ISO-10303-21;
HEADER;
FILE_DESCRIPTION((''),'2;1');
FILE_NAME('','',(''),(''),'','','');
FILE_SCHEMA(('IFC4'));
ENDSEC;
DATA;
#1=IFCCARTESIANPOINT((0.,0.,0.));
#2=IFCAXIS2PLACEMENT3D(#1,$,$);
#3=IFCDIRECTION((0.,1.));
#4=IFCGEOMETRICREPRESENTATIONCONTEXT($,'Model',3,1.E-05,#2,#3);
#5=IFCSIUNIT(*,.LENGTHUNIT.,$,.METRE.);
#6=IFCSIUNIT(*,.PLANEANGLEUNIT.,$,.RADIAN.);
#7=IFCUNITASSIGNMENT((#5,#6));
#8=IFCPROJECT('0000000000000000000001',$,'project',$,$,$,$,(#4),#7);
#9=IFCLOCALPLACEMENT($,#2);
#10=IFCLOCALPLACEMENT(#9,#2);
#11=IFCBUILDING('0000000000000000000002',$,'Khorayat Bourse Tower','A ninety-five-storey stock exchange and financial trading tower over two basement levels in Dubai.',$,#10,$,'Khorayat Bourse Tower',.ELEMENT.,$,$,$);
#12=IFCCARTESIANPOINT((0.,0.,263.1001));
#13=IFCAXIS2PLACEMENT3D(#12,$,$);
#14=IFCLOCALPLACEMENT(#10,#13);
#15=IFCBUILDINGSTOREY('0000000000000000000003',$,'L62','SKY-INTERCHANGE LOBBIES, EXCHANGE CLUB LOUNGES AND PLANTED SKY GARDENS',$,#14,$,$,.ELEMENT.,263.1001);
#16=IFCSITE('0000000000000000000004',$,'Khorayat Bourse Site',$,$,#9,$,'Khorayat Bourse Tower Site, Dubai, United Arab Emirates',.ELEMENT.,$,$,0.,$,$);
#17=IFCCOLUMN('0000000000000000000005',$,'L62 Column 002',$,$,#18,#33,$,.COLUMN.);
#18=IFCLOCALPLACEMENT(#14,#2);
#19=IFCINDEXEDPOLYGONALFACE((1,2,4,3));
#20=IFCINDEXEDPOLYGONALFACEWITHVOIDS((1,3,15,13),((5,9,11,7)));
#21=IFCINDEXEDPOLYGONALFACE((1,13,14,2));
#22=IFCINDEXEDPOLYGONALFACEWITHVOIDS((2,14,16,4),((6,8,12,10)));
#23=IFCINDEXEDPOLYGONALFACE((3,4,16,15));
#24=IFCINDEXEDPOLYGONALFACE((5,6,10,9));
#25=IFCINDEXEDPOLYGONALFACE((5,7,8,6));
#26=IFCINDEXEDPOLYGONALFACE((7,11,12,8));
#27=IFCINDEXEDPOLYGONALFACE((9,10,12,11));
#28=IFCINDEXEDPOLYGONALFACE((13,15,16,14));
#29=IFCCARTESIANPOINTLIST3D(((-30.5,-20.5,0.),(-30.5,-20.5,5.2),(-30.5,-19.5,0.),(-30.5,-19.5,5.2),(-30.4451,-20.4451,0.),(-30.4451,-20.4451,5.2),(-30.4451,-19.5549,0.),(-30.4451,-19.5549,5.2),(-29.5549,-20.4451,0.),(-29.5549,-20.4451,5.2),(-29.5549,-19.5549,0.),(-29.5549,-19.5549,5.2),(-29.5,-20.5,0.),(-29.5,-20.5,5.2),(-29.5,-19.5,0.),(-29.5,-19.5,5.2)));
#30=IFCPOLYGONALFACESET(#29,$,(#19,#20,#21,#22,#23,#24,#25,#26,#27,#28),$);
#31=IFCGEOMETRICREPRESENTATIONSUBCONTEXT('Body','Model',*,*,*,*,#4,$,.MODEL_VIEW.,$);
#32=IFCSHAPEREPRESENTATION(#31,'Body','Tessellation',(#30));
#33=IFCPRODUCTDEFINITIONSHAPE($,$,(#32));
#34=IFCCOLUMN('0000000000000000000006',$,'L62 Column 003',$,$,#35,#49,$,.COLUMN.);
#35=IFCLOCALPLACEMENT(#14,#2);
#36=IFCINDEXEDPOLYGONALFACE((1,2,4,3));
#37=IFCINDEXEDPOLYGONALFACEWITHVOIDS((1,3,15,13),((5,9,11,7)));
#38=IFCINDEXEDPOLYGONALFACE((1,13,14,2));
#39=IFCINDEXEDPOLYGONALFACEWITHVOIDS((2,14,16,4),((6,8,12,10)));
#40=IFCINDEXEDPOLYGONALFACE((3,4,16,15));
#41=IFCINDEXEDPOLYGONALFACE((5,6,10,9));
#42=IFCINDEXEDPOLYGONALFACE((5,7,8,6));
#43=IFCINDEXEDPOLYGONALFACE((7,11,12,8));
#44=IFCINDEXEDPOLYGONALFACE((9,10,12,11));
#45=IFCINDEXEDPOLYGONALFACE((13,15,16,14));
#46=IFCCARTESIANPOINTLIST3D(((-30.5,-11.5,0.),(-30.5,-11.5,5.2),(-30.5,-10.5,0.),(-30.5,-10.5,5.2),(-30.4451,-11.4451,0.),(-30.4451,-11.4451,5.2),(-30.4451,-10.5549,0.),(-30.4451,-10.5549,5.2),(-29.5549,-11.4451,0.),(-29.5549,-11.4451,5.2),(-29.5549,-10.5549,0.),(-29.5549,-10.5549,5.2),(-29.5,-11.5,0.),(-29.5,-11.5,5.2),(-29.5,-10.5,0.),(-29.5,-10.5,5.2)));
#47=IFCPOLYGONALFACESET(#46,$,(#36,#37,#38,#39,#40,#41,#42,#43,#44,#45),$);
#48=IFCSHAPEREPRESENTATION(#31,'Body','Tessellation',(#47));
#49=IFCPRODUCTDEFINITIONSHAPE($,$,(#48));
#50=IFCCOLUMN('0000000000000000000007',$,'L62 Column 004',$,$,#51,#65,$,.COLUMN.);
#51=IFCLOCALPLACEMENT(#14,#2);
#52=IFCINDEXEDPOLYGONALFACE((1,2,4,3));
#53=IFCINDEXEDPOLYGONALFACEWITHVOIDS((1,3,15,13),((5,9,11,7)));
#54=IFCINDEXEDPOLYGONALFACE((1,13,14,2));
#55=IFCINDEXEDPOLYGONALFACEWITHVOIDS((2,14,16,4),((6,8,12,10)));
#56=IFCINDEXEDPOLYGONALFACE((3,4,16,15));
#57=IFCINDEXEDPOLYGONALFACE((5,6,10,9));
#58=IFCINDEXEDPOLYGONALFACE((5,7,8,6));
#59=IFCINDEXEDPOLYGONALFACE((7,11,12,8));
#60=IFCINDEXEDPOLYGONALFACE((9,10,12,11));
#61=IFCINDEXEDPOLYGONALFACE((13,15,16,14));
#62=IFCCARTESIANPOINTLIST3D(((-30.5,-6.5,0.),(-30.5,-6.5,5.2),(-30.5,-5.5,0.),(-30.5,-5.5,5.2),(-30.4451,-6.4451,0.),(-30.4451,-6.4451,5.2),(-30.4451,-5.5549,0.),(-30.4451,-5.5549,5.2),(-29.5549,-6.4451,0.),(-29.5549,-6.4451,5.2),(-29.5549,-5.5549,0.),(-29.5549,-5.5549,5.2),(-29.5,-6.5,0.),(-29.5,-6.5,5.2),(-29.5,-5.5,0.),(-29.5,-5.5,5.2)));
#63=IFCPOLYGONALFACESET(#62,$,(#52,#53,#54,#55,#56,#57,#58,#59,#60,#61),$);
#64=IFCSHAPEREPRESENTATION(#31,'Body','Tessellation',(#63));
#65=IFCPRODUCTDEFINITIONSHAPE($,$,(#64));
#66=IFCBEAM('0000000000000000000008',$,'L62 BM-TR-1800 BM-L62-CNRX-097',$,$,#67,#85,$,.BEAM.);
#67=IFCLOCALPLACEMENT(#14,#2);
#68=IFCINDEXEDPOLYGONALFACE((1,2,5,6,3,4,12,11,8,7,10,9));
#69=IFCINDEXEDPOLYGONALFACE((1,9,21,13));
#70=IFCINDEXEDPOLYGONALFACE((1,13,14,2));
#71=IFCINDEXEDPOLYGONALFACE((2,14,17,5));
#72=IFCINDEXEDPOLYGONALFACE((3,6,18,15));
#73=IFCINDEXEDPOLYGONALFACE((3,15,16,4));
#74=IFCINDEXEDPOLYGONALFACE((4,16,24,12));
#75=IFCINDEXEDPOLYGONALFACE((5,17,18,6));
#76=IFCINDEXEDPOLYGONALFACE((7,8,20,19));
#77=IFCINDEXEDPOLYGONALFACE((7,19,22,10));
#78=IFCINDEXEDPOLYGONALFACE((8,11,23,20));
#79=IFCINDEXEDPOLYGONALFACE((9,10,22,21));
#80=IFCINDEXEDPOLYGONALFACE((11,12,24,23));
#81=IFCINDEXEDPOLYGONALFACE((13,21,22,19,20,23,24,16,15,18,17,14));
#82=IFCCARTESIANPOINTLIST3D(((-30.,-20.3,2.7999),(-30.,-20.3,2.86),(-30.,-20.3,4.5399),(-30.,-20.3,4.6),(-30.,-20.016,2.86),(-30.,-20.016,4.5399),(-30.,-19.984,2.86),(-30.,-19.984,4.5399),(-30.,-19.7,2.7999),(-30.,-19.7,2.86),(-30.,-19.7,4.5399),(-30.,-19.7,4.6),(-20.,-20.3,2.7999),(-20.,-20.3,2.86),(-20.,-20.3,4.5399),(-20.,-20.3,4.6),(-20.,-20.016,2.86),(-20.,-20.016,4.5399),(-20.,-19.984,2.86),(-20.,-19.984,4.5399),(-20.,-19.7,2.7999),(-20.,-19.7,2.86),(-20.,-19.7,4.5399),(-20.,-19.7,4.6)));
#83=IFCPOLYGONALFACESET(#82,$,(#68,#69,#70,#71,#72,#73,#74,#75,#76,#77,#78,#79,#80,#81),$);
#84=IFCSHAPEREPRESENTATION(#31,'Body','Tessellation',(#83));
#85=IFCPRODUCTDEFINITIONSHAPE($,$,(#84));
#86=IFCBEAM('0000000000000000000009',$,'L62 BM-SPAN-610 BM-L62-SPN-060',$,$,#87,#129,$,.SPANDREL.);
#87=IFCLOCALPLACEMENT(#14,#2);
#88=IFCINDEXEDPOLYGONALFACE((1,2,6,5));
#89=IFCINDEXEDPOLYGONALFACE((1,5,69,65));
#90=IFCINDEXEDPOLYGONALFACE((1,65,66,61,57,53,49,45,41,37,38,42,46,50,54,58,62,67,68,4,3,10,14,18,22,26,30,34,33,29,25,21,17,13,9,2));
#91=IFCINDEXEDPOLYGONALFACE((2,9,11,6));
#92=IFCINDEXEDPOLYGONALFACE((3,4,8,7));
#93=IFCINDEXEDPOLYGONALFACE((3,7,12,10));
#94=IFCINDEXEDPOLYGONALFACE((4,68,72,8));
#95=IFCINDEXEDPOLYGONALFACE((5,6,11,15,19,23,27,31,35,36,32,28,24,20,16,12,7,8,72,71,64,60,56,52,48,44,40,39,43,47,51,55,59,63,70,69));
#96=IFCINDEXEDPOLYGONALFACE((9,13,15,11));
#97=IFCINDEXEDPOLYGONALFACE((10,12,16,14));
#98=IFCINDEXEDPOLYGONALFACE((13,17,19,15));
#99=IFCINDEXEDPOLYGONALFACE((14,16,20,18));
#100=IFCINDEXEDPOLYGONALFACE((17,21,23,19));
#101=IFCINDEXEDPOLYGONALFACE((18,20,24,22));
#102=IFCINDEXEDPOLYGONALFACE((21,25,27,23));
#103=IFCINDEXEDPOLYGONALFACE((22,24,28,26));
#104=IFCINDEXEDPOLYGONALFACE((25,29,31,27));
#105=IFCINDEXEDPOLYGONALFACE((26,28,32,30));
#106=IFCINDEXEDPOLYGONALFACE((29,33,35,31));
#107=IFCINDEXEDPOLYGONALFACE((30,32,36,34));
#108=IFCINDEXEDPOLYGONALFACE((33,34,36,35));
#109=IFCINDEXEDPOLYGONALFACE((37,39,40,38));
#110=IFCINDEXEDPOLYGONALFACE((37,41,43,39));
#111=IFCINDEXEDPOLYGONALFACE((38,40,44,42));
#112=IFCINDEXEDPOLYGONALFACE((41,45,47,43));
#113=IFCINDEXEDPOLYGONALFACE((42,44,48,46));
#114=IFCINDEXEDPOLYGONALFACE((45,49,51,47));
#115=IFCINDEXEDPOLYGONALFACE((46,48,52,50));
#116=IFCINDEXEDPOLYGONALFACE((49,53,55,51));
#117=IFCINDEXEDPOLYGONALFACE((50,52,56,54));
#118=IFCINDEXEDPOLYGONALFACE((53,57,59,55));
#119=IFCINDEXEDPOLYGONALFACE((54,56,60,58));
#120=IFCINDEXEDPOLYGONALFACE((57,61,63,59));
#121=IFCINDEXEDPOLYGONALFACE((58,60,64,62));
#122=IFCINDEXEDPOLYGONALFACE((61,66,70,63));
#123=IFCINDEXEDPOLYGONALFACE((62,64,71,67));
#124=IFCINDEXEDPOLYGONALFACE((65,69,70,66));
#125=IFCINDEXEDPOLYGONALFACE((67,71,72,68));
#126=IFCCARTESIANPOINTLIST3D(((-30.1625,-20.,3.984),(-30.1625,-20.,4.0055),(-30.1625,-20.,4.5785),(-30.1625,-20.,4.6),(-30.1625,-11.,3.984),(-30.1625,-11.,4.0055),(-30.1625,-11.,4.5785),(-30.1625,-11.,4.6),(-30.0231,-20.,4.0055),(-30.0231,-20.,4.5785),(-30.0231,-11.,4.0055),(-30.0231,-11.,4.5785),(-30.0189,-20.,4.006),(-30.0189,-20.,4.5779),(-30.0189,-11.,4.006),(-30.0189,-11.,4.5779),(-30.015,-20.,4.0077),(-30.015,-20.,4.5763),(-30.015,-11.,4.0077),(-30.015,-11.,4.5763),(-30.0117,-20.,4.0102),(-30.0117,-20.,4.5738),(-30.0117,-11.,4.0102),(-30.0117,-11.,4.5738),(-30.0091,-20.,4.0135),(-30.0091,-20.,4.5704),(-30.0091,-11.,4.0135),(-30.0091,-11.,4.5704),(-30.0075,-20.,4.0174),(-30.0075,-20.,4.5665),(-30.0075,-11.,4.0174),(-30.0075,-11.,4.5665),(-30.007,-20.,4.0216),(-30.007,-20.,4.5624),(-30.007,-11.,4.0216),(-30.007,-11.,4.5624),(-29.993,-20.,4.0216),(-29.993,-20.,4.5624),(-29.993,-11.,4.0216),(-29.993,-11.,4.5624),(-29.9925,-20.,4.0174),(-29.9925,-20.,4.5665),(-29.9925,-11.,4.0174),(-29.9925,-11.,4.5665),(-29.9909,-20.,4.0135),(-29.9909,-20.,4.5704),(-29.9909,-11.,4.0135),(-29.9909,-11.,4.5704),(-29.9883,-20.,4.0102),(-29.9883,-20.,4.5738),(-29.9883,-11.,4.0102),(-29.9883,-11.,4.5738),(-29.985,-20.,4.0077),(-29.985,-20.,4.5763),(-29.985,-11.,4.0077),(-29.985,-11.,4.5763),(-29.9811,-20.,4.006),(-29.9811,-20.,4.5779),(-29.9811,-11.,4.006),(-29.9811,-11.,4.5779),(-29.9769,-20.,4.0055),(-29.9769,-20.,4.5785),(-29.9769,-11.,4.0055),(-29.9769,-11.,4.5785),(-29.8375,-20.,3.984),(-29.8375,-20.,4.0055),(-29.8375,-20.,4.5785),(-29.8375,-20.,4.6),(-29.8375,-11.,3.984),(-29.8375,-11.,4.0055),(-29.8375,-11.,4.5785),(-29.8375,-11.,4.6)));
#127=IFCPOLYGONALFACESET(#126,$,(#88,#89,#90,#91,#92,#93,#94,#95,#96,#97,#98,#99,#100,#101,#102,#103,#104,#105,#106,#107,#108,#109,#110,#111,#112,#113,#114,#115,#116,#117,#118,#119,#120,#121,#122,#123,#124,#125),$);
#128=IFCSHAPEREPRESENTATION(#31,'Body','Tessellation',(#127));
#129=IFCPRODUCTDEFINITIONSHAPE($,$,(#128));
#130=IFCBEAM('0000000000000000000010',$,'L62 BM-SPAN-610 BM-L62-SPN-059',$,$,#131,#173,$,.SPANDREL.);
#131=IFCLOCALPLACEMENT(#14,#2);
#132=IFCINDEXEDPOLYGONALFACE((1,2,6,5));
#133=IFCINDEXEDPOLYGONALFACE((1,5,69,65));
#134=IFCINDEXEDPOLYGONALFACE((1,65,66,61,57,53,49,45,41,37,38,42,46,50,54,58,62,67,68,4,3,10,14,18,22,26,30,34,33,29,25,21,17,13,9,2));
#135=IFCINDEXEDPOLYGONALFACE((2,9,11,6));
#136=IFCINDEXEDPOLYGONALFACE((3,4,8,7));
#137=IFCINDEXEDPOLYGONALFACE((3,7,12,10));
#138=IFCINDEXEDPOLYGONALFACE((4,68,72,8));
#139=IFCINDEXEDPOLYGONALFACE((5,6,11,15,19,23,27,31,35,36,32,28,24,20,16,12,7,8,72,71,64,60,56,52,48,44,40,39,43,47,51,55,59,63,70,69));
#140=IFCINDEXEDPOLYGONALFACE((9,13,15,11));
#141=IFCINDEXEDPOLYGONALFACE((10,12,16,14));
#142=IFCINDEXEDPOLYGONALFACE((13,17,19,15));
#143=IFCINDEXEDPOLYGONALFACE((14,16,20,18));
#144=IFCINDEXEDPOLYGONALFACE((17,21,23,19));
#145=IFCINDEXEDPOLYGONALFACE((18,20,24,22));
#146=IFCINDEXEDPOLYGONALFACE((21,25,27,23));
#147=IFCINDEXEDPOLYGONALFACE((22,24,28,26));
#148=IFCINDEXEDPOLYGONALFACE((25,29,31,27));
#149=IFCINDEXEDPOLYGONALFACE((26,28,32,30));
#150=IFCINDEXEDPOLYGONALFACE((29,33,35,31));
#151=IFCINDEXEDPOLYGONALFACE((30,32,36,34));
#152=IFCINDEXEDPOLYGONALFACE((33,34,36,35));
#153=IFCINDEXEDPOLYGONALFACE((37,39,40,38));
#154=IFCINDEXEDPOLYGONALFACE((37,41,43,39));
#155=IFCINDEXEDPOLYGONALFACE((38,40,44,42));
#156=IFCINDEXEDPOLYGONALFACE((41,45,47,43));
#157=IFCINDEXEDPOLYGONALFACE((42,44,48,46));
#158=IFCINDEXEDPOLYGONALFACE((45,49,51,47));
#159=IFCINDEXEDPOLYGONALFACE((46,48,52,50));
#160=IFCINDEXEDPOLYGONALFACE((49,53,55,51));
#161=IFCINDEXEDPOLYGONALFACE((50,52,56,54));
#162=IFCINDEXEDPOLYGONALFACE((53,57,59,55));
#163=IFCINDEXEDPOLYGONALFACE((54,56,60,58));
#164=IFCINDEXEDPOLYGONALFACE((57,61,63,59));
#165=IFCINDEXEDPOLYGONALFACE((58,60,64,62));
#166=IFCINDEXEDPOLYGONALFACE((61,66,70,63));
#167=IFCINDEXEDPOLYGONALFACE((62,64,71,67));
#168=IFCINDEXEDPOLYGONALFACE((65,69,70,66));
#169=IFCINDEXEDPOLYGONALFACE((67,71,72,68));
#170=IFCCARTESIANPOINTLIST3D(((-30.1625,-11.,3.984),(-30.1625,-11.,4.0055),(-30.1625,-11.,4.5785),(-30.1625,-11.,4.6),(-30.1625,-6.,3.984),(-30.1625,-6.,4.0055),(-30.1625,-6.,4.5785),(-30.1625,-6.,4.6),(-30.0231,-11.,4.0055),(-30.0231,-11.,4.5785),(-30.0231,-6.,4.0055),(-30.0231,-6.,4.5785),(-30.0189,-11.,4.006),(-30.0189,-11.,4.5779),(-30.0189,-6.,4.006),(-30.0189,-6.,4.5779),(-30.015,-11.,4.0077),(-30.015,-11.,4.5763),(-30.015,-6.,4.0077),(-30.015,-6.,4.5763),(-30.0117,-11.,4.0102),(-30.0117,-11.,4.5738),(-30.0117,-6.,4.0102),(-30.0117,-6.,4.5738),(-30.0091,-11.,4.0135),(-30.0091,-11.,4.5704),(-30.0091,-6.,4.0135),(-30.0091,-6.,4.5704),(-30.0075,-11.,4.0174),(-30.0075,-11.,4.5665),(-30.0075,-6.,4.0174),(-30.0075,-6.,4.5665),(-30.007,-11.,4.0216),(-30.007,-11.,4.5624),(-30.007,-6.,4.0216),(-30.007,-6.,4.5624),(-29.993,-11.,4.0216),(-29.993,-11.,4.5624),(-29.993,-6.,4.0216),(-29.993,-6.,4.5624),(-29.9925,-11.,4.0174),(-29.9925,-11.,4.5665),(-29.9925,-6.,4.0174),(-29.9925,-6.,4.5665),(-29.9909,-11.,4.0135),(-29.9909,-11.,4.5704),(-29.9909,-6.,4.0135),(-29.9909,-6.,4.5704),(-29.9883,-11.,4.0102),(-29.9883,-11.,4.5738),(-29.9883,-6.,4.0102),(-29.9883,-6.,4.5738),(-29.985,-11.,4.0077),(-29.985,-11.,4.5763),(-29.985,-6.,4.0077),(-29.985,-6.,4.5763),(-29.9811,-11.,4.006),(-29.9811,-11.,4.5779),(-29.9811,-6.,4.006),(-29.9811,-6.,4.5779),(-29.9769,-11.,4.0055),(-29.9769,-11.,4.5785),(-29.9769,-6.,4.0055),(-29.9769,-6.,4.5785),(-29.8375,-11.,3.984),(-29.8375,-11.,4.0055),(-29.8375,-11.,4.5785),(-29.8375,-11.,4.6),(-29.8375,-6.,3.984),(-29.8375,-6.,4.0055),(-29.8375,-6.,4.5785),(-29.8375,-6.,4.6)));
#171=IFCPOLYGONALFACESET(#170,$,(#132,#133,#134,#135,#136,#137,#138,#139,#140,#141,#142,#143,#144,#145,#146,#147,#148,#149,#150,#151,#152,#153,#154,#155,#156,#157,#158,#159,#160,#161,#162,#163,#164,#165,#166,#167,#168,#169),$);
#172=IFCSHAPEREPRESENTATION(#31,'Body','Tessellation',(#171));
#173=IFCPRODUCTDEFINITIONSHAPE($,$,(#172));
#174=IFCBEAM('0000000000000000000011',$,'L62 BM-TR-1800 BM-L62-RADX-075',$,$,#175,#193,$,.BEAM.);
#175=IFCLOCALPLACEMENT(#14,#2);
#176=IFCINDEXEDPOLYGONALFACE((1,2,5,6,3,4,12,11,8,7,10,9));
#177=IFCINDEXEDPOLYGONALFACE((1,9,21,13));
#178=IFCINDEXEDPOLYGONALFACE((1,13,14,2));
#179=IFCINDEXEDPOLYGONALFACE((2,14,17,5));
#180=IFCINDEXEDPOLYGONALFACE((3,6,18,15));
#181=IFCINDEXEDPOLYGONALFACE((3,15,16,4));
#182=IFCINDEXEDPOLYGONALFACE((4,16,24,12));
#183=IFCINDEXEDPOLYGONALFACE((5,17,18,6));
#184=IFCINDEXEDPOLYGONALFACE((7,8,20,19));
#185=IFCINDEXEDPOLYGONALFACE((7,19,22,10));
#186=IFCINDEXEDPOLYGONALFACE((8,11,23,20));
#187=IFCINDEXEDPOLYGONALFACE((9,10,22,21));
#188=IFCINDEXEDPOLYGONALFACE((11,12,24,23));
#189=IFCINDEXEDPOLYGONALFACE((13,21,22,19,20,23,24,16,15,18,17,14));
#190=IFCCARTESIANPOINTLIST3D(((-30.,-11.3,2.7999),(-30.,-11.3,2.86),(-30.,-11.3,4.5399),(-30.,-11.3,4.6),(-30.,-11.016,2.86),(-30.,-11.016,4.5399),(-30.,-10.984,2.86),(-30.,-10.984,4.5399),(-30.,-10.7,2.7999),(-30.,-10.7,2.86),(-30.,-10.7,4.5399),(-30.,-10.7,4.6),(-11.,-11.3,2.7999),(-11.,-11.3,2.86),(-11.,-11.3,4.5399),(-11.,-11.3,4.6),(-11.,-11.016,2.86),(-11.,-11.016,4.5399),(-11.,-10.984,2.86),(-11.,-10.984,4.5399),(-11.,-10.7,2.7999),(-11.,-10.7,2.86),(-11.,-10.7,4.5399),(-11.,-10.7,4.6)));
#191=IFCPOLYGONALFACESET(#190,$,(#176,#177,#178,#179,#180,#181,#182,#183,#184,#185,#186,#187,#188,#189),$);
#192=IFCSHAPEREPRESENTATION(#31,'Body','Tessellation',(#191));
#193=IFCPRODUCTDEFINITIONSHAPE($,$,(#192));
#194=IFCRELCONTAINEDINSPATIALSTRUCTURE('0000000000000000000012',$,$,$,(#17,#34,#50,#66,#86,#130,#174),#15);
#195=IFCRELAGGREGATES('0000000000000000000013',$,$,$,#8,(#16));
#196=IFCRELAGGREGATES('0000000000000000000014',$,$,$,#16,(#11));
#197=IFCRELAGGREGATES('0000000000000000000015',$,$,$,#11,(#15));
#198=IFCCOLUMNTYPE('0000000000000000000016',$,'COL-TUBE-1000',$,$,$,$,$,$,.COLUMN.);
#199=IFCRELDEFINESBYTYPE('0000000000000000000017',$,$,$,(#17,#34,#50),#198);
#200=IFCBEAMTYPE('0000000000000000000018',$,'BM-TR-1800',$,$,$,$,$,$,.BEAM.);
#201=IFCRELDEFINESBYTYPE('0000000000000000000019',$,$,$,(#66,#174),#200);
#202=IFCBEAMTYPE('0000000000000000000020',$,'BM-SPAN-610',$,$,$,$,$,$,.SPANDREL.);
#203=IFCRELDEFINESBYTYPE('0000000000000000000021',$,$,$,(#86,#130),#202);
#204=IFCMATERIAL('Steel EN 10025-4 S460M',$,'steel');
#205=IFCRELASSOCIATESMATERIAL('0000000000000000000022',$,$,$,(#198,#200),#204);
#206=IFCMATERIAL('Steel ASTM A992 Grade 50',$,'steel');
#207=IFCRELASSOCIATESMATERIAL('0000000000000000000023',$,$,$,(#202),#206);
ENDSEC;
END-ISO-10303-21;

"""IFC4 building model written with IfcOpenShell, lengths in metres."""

from ifc_helpers import new_model, si_unit, direction, frame, origin, origin_2d, place, context, subcontext, project, spatial, hollow_rectangle, i_section, extrude, source, transform, mapped, material, material_profile, profile_set, type_object, element, save


model = new_model("IFC4")

# Units and contexts
model_context = context("Model", 3, precision=1e-05, world=origin(), true_north=direction((0.0, 1.0)))
body_context = subcontext(model_context, "Body", "Model", "MODEL_VIEW")
ifc_project = project(units=[si_unit("LENGTHUNIT", "METRE"), si_unit("PLANEANGLEUNIT", "RADIAN")], contexts=[model_context])

# Site, building, storey
site_placement = place(None, origin())
site = spatial("IfcSite", under=ifc_project, at=site_placement, Name="Khorayat Bourse Site", LongName="Khorayat Bourse Tower Site, Dubai, United Arab Emirates", CompositionType="ELEMENT", RefElevation=0.0)
building_placement = place(site_placement, origin())
building = spatial("IfcBuilding", under=site, at=building_placement, Name="Khorayat Bourse Tower", Description="A ninety-five-storey stock exchange and financial trading tower over two basement levels in Dubai.", LongName="Khorayat Bourse Tower", CompositionType="ELEMENT")
storey_placement = place(building_placement, frame((0.0, 0.0, 263.1001)))
storey = spatial("IfcBuildingStorey", under=building, at=storey_placement, Name="L62", Description="SKY-INTERCHANGE LOBBIES, EXCHANGE CLUB LOUNGES AND PLANTED SKY GARDENS", CompositionType="ELEMENT", Elevation=263.1001)

# Columns
ifc_material_1 = material(Name="Steel EN 10025-4 S460M", Category="steel")
ifc_material_profile_1 = material_profile(ifc_material_1, hollow_rectangle(XDim=1.0, YDim=1.0, WallThickness=0.0549, at=origin_2d()), Name="BOX 1000x1000x55")
ifc_profile_set_1 = profile_set([ifc_material_profile_1], Name="Steel EN 10025-4 S460M")
column_type = type_object("IfcColumnType", Name="COL-TUBE-1000", PredefinedType="COLUMN", material=ifc_profile_set_1)
shared_shape_1 = source(origin(), body_context, "Body", "SweptSolid", [
    extrude(hollow_rectangle(XDim=1.0, YDim=1.0, WallThickness=0.0549, at=origin_2d()), origin(), (0.0, 0.0, 1.0), 5.2),
])
for number, where, z_axis, x_axis, name in (
    (1, (-30.0, -20.0, 0.0), (0.0, 0.0, 1.0), (1.0, 0.0, 0.0), "L62 Column 002"),
    (2, (-30.0, -11.0, 0.0), (0.0, 0.0, 1.0), (1.0, 0.0, 0.0), "L62 Column 003"),
    (3, (-30.0, -6.0, 0.0), (0.0, 0.0, 1.0), (1.0, 0.0, 0.0), "L62 Column 004"),
):
    element("IfcColumn", number, at=place(storey_placement, frame(where, z_axis=z_axis, x_axis=x_axis)), inside=storey, type_object=column_type, Name=name, PredefinedType="COLUMN", context=body_context, shape_type="MappedRepresentation", body=[
        mapped(shared_shape_1, transform((0.0, 0.0, 0.0), scale=1.0)),
    ])

# Beams
ifc_material_profile_2 = material_profile(ifc_material_1, i_section(OverallWidth=0.6001, OverallDepth=1.8, WebThickness=0.032, FlangeThickness=0.0601, at=origin_2d()), Name="PG 1800x600x32x60")
ifc_profile_set_2 = profile_set([ifc_material_profile_2], Name="Steel EN 10025-4 S460M")
beam_type_1 = type_object("IfcBeamType", Name="BM-TR-1800", PredefinedType="BEAM", material=ifc_profile_set_2)
shared_shape_2 = source(origin(), body_context, "Body", "SweptSolid", [
    extrude(i_section(OverallWidth=0.6001, OverallDepth=1.8, WebThickness=0.032, FlangeThickness=0.0601, at=origin_2d()), origin(), (0.0, 0.0, 1.0), 10.0),
])
beam_1_placement = place(storey_placement, frame((-30.0, -20.0, 3.7), z_axis=(1.0, 0.0, 0.0), x_axis=(0.0, 1.0, 0.0)))
element("IfcBeam", 4, at=beam_1_placement, inside=storey, type_object=beam_type_1, Name="L62 BM-TR-1800 BM-L62-CNRX-097", PredefinedType="BEAM", context=body_context, shape_type="MappedRepresentation", body=[
    mapped(shared_shape_2, transform((0.0, 0.0, 0.0), scale=1.0)),
])
ifc_material_2 = material(Name="Steel ASTM A992 Grade 50", Category="steel")
ifc_material_profile_3 = material_profile(ifc_material_2, i_section(OverallWidth=0.325, OverallDepth=0.616, WebThickness=0.0139, FlangeThickness=0.0215, FilletRadius=0.0161, at=origin_2d()), Name="W610X174")
ifc_profile_set_3 = profile_set([ifc_material_profile_3], Name="Steel ASTM A992 Grade 50")
beam_type_2 = type_object("IfcBeamType", Name="BM-SPAN-610", PredefinedType="SPANDREL", material=ifc_profile_set_3)
shared_shape_3 = source(origin(), body_context, "Body", "SweptSolid", [
    extrude(i_section(OverallWidth=0.325, OverallDepth=0.616, WebThickness=0.0139, FlangeThickness=0.0215, FilletRadius=0.0161, at=origin_2d()), origin(), (0.0, 0.0, 1.0), 9.0),
])
beam_2_placement = place(storey_placement, frame((-30.0, -20.0, 4.292), z_axis=(0.0, 1.0, 0.0), x_axis=(-1.0, 0.0, 0.0)))
element("IfcBeam", 5, at=beam_2_placement, inside=storey, type_object=beam_type_2, Name="L62 BM-SPAN-610 BM-L62-SPN-060", PredefinedType="SPANDREL", context=body_context, shape_type="MappedRepresentation", body=[
    mapped(shared_shape_3, transform((0.0, 0.0, 0.0), scale=1.0)),
])
shared_shape_4 = source(origin(), body_context, "Body", "SweptSolid", [
    extrude(i_section(OverallWidth=0.325, OverallDepth=0.616, WebThickness=0.0139, FlangeThickness=0.0215, FilletRadius=0.0161, at=origin_2d()), origin(), (0.0, 0.0, 1.0), 5.0),
])
beam_3_placement = place(storey_placement, frame((-30.0, -11.0, 4.292), z_axis=(0.0, 1.0, 0.0), x_axis=(-1.0, 0.0, 0.0)))
element("IfcBeam", 6, at=beam_3_placement, inside=storey, type_object=beam_type_2, Name="L62 BM-SPAN-610 BM-L62-SPN-059", PredefinedType="SPANDREL", context=body_context, shape_type="MappedRepresentation", body=[
    mapped(shared_shape_4, transform((0.0, 0.0, 0.0), scale=1.0)),
])
shared_shape_5 = source(origin(), body_context, "Body", "SweptSolid", [
    extrude(i_section(OverallWidth=0.6001, OverallDepth=1.8, WebThickness=0.032, FlangeThickness=0.0601, at=origin_2d()), origin(), (0.0, 0.0, 1.0), 19.0),
])
beam_4_placement = place(storey_placement, frame((-30.0, -11.0, 3.7), z_axis=(1.0, 0.0, 0.0), x_axis=(0.0, 1.0, 0.0)))
element("IfcBeam", 7, at=beam_4_placement, inside=storey, type_object=beam_type_1, Name="L62 BM-TR-1800 BM-L62-RADX-075", PredefinedType="BEAM", context=body_context, shape_type="MappedRepresentation", body=[
    mapped(shared_shape_5, transform((0.0, 0.0, 0.0), scale=1.0)),
])

save(model, "model.ifc")
